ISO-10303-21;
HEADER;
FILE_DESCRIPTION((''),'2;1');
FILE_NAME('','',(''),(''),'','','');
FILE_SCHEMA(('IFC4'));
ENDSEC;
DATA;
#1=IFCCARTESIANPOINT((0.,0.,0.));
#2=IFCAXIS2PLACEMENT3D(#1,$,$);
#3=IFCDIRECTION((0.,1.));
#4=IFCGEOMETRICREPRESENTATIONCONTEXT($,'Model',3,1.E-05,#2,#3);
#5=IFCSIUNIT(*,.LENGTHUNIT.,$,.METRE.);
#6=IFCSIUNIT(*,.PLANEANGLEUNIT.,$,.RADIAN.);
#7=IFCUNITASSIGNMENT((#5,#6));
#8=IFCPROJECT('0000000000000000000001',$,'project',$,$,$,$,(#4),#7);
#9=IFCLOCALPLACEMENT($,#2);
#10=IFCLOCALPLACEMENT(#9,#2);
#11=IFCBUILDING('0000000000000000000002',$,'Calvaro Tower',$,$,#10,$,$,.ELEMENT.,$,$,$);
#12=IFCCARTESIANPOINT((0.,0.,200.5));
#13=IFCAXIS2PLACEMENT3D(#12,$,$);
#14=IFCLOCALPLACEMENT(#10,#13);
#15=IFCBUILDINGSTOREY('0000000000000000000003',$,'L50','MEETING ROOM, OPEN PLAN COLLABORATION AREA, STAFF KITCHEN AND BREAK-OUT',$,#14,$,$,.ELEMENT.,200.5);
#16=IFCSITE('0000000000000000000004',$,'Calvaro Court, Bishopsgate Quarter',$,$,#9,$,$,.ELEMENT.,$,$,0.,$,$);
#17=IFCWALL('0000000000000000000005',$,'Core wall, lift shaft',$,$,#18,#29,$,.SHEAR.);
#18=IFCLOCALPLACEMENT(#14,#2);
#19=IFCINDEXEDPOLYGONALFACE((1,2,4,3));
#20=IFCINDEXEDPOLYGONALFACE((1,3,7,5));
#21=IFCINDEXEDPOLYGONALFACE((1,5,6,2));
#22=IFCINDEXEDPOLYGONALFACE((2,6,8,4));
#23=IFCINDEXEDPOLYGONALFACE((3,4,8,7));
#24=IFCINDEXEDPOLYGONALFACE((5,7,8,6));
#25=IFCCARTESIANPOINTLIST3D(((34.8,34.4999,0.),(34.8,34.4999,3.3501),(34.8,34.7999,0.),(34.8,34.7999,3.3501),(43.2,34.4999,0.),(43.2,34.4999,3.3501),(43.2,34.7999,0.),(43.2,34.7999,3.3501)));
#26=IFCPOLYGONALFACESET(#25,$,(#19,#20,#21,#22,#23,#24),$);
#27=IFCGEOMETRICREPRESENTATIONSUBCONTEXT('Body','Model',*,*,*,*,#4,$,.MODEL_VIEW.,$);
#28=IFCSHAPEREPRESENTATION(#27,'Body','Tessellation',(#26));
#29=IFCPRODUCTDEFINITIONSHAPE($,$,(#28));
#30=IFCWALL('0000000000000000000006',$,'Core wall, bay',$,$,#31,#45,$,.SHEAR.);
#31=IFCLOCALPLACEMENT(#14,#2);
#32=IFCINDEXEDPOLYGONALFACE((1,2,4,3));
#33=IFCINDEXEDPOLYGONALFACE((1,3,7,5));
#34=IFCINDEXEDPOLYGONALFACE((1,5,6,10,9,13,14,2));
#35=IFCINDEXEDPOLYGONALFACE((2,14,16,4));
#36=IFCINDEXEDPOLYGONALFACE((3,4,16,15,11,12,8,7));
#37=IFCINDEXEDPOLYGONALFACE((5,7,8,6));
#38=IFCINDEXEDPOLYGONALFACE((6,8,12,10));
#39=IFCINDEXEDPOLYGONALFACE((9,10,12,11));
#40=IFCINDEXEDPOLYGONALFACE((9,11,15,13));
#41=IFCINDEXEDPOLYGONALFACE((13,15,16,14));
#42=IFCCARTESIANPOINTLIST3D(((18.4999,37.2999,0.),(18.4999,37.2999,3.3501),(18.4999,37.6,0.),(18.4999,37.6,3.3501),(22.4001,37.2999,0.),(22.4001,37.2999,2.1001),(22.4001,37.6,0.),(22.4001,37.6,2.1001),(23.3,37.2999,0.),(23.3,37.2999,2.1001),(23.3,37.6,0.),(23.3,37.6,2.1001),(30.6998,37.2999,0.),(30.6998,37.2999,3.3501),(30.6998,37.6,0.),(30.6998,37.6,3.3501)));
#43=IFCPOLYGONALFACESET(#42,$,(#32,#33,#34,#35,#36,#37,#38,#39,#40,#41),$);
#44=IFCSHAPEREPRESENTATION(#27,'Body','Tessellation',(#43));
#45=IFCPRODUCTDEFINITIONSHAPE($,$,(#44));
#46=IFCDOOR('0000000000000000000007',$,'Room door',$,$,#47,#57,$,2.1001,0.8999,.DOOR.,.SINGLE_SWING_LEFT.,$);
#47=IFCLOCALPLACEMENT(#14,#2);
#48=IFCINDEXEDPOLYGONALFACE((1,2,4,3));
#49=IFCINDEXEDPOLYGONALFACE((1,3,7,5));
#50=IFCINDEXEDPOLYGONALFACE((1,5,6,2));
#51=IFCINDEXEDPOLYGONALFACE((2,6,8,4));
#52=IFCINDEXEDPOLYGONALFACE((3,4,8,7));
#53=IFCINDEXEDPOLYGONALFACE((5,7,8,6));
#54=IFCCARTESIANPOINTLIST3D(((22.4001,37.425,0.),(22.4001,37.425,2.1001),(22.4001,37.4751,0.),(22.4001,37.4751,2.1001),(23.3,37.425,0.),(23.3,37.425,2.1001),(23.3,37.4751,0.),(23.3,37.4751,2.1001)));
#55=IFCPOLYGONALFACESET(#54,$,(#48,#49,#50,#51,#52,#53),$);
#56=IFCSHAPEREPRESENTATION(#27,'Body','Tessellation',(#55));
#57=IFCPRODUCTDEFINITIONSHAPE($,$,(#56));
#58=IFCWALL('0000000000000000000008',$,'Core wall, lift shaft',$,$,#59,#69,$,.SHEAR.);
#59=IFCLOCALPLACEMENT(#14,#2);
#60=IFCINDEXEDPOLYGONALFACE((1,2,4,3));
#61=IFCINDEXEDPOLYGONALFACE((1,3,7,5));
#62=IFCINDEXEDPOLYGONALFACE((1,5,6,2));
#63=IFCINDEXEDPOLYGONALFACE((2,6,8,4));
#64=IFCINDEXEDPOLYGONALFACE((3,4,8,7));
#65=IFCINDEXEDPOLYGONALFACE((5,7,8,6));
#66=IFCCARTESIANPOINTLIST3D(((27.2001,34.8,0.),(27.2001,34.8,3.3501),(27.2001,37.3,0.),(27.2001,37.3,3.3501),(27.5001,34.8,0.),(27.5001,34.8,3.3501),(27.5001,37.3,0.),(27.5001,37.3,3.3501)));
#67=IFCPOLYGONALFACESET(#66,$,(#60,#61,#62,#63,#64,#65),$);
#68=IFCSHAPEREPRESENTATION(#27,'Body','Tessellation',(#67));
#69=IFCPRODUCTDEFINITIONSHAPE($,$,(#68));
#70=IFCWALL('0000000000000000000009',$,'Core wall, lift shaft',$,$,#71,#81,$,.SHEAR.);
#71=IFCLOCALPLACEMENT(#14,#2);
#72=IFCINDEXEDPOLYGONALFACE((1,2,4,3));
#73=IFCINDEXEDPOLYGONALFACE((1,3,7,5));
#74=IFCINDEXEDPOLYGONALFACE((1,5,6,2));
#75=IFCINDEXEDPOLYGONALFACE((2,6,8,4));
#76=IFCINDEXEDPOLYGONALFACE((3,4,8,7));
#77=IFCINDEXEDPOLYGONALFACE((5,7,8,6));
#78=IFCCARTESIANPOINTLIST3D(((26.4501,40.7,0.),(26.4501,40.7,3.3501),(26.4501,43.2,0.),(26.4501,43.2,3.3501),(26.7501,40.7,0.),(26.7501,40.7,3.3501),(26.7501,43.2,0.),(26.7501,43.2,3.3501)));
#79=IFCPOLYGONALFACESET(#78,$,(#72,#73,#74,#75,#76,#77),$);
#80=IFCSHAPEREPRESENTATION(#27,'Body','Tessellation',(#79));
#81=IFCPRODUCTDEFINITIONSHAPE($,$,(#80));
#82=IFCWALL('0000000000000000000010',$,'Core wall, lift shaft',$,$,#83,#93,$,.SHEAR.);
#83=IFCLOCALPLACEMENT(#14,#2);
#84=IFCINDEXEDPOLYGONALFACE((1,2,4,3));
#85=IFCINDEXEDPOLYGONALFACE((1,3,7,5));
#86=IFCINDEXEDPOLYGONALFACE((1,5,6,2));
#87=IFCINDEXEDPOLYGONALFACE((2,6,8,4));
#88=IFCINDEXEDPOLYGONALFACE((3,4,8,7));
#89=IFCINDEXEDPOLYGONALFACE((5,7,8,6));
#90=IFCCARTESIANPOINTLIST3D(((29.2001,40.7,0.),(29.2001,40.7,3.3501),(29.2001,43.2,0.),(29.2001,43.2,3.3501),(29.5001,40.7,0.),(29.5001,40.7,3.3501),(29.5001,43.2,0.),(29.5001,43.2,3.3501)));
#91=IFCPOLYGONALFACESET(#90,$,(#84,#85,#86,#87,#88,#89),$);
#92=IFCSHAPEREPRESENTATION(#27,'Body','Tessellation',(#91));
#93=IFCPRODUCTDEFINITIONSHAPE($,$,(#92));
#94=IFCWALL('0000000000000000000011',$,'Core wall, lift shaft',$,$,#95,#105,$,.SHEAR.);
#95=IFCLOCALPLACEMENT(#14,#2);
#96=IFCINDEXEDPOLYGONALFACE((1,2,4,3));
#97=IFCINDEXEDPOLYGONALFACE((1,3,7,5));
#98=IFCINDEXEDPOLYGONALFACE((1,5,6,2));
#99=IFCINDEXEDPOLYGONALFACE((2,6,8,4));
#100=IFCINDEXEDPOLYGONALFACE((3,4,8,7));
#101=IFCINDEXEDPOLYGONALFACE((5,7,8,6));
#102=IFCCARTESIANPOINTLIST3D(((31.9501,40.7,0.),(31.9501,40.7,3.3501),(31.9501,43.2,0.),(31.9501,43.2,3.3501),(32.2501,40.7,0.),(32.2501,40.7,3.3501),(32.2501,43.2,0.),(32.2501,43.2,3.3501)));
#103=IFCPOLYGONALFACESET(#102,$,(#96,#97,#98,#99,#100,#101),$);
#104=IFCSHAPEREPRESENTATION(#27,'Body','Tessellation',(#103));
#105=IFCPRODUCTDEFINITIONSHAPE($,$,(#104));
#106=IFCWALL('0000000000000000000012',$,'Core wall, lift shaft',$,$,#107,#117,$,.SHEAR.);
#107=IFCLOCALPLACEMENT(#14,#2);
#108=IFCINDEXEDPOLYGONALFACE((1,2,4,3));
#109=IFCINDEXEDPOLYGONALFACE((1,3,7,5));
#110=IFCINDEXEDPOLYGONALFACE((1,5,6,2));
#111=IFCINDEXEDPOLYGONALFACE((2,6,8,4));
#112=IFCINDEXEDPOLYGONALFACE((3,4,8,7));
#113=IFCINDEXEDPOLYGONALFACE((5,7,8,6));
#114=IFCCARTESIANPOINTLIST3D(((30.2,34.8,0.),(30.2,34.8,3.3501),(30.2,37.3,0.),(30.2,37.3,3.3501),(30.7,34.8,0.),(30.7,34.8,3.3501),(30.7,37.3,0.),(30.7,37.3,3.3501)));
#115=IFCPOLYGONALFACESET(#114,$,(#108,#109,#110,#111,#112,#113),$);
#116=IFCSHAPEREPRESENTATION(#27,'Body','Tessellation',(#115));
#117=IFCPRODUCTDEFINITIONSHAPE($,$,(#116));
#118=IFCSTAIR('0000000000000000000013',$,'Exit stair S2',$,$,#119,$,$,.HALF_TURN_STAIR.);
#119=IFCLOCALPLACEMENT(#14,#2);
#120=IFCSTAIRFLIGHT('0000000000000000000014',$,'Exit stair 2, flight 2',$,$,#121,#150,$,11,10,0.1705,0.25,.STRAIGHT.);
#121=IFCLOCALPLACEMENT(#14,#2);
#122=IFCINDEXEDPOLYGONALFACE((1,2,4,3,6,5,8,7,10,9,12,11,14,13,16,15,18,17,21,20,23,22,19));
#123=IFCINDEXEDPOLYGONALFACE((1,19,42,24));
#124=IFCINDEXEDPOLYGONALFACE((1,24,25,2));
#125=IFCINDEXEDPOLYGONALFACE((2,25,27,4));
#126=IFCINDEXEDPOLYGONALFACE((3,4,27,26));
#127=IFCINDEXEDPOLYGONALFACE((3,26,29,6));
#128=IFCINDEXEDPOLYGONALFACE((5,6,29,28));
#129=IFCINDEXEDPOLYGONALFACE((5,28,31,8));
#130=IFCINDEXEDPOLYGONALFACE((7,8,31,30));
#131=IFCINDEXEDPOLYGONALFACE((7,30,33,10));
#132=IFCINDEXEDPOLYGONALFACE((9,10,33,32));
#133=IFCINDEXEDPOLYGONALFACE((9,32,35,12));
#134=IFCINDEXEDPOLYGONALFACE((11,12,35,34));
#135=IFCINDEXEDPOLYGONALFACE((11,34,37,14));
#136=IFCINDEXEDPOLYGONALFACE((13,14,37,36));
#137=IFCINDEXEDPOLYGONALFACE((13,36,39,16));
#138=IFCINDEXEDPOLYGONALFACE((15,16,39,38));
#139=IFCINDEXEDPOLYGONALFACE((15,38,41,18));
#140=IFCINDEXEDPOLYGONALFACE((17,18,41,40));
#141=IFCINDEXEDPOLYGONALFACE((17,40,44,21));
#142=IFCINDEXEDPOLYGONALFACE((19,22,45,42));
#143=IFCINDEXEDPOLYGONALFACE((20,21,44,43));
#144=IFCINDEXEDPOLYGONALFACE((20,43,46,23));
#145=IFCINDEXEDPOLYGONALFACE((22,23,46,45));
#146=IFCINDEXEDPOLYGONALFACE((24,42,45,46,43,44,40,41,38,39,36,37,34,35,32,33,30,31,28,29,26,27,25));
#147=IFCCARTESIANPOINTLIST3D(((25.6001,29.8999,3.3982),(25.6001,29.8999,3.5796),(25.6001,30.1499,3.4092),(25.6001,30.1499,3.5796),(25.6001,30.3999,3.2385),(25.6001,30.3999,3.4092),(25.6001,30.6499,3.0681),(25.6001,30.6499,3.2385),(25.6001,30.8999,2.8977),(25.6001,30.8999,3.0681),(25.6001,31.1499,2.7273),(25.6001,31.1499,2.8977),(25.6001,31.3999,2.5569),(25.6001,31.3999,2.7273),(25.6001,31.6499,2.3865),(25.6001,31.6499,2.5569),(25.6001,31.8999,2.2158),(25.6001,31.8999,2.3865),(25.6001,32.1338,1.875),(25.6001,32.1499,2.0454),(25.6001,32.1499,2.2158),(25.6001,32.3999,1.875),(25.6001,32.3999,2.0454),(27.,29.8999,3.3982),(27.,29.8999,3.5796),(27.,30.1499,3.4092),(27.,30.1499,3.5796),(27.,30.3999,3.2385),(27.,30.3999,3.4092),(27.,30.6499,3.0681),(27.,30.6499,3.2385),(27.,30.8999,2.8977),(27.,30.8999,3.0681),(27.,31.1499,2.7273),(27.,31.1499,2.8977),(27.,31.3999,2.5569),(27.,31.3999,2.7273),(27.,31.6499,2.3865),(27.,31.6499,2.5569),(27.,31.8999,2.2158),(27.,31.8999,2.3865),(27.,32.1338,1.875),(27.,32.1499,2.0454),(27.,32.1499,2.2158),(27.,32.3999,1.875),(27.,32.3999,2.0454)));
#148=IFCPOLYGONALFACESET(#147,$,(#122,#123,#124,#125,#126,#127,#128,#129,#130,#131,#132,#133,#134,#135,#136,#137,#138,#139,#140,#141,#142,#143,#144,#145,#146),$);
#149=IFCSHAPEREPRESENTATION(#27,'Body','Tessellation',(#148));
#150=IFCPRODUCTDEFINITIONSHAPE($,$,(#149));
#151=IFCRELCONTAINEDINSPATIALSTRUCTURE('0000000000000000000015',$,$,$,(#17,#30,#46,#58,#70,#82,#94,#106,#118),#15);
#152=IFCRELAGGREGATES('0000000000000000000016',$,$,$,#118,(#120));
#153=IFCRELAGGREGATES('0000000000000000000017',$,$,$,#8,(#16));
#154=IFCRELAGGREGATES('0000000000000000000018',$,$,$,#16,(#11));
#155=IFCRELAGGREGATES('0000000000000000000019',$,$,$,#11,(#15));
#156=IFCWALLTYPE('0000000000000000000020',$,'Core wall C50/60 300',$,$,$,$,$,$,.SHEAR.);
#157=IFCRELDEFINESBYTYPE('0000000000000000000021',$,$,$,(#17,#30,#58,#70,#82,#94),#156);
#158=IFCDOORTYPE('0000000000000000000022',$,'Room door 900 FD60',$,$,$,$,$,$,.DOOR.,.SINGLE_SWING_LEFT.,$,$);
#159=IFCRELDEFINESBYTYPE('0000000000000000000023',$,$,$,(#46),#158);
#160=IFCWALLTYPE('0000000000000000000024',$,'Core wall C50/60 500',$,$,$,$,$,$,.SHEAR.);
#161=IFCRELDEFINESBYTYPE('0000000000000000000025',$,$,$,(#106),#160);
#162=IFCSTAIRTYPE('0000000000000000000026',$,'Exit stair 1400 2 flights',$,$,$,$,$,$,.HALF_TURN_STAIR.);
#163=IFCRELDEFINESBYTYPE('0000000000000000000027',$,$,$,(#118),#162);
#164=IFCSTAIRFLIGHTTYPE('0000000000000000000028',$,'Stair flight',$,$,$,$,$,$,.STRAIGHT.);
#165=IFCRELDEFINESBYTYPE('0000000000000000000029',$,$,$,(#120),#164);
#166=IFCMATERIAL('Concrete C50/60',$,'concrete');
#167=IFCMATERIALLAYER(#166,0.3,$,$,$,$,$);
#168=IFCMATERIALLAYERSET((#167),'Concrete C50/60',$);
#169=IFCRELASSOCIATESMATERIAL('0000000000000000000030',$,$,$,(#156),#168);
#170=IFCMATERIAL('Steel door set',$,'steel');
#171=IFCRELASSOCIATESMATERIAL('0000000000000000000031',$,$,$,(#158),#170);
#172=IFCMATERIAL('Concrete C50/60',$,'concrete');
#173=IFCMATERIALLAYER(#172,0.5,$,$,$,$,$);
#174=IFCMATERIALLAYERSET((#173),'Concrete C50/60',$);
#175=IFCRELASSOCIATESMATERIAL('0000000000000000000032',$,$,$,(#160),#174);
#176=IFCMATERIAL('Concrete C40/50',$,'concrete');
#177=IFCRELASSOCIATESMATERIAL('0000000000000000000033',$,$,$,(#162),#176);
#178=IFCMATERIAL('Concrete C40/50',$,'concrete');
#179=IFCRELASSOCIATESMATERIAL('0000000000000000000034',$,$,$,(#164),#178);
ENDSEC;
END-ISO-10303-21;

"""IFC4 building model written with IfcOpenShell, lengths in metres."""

from ifc_helpers import new_model, si_unit, direction, frame, frame_2d, origin, place, context, subcontext, project, spatial, polyline, rectangle, outline, extrude, material, layer, layer_set, type_object, element, fill, aggregate, save


model = new_model("IFC4")

# Units and contexts
model_context = context("Model", 3, precision=1e-05, world=origin(), true_north=direction((0.0, 1.0)))
body_context = subcontext(model_context, "Body", "Model", "MODEL_VIEW")
ifc_project = project(units=[si_unit("LENGTHUNIT", "METRE"), si_unit("PLANEANGLEUNIT", "RADIAN")], contexts=[model_context])

# Site, building, storey
site_placement = place(None, origin())
site = spatial("IfcSite", under=ifc_project, at=site_placement, Name="Calvaro Court, Bishopsgate Quarter", CompositionType="ELEMENT", RefElevation=0.0)
building_placement = place(site_placement, origin())
building = spatial("IfcBuilding", under=site, at=building_placement, Name="Calvaro Tower", CompositionType="ELEMENT")
storey_placement = place(building_placement, frame((0.0, 0.0, 200.5)))
storey = spatial("IfcBuildingStorey", under=building, at=storey_placement, Name="L50", Description="MEETING ROOM, OPEN PLAN COLLABORATION AREA, STAFF KITCHEN AND BREAK-OUT", CompositionType="ELEMENT", Elevation=200.5)

# Wall
ifc_material_1 = material(Name="Concrete C50/60", Category="concrete")
ifc_layer_1 = layer(ifc_material_1, 0.3)
ifc_layer_set_1 = layer_set([ifc_layer_1], Name="Concrete C50/60")
wall_type_1 = type_object("IfcWallType", Name="Core wall C50/60 300", PredefinedType="SHEAR", material=ifc_layer_set_1)
wall_1_placement = place(storey_placement, frame((34.8, 34.6499, 0.0), z_axis=(0.0, 0.0, 1.0), x_axis=(1.0, 0.0, 0.0)))
element("IfcWall", 1, at=wall_1_placement, inside=storey, type_object=wall_type_1, Name="Core wall, lift shaft", PredefinedType="SHEAR", context=body_context, shape_type="SweptSolid", body=[
    extrude(rectangle(XDim=8.3999, YDim=0.3, at=frame_2d((4.2, 0.0))), origin(), (0.0, 0.0, 1.0), 3.3501),
])

# Wall, opening, door
wall_2_placement = place(storey_placement, frame((30.7, 37.45, 0.0), z_axis=(0.0, 0.0, 1.0), x_axis=(-1.0, 0.0, 0.0)))
wall_2 = element("IfcWall", 2, at=wall_2_placement, inside=storey, type_object=wall_type_1, Name="Core wall, bay", PredefinedType="SHEAR", context=body_context, shape_type="SweptSolid", body=[
    extrude(rectangle(XDim=12.2, YDim=0.3, at=frame_2d((6.1001, 0.0))), origin(), (0.0, 0.0, 1.0), 3.3501),
])
opening_placement = place(wall_2_placement, frame((7.3999, 0.0, 0.0)))
opening = element("IfcOpeningElement", 3, at=opening_placement, cuts=wall_2, PredefinedType="OPENING", context=body_context, shape_type="SweptSolid", body=[
    extrude(rectangle(XDim=0.8999, YDim=2.1001, at=frame_2d((0.45, 1.05))), frame((0.0, 0.1599, 0.0), z_axis=(0.0, -1.0, 0.0), x_axis=(1.0, 0.0, 0.0)), (0.0, 0.0, 1.0), 0.3201),
])
ifc_material_2 = material(Name="Steel door set", Category="steel")
door_type = type_object("IfcDoorType", Name="Room door 900 FD60", OperationType="SINGLE_SWING_LEFT", PredefinedType="DOOR", material=ifc_material_2)
door_placement = place(opening_placement, origin())
door = element("IfcDoor", 4, at=door_placement, inside=storey, type_object=door_type, Name="Room door", OperationType="SINGLE_SWING_LEFT", OverallHeight=2.1001, OverallWidth=0.8999, PredefinedType="DOOR", context=body_context, shape_type="SweptSolid", body=[
    extrude(rectangle(XDim=0.8999, YDim=2.1001, at=frame_2d((0.45, 1.05))), frame((0.0, 0.0249, 0.0), z_axis=(0.0, -1.0, 0.0), x_axis=(1.0, 0.0, 0.0)), (0.0, 0.0, 1.0), 0.05),
])
fill(opening, door)

# Walls
for number, where, z_axis, x_axis, name in (
    (5, (27.3501, 34.8, 0.0), (0.0, 0.0, 1.0), (0.0, 1.0, 0.0), "Core wall, lift shaft"),
    (6, (26.6001, 40.7, 0.0), (0.0, 0.0, 1.0), (0.0, 1.0, 0.0), "Core wall, lift shaft"),
    (7, (29.3501, 40.7, 0.0), (0.0, 0.0, 1.0), (0.0, 1.0, 0.0), "Core wall, lift shaft"),
    (8, (32.1001, 40.7, 0.0), (0.0, 0.0, 1.0), (0.0, 1.0, 0.0), "Core wall, lift shaft"),
):
    element("IfcWall", number, at=place(storey_placement, frame(where, z_axis=z_axis, x_axis=x_axis)), inside=storey, type_object=wall_type_1, Name=name, PredefinedType="SHEAR", context=body_context, shape_type="SweptSolid", body=[
        extrude(rectangle(XDim=2.5, YDim=0.3, at=frame_2d((1.25, 0.0))), origin(), (0.0, 0.0, 1.0), 3.3501),
    ])
ifc_material_3 = material(Name="Concrete C50/60", Category="concrete")
ifc_layer_2 = layer(ifc_material_3, 0.5)
ifc_layer_set_2 = layer_set([ifc_layer_2], Name="Concrete C50/60")
wall_type_2 = type_object("IfcWallType", Name="Core wall C50/60 500", PredefinedType="SHEAR", material=ifc_layer_set_2)
wall_3_placement = place(storey_placement, frame((30.45, 34.8, 0.0), z_axis=(0.0, 0.0, 1.0), x_axis=(0.0, 1.0, 0.0)))
element("IfcWall", 9, at=wall_3_placement, inside=storey, type_object=wall_type_2, Name="Core wall, lift shaft", PredefinedType="SHEAR", context=body_context, shape_type="SweptSolid", body=[
    extrude(rectangle(XDim=2.5, YDim=0.5, at=frame_2d((1.25, 0.0))), origin(), (0.0, 0.0, 1.0), 3.3501),
])

# Stair, stair flight
ifc_material_4 = material(Name="Concrete C40/50", Category="concrete")
stair_type = type_object("IfcStairType", Name="Exit stair 1400 2 flights", PredefinedType="HALF_TURN_STAIR", material=ifc_material_4)
stair_placement = place(storey_placement, origin())
stair = element("IfcStair", 10, at=stair_placement, inside=storey, type_object=stair_type, Name="Exit stair S2", PredefinedType="HALF_TURN_STAIR")
ifc_material_5 = material(Name="Concrete C40/50", Category="concrete")
stair_flight_type = type_object("IfcStairFlightType", Name="Stair flight", PredefinedType="STRAIGHT", material=ifc_material_5)
stair_flight_placement = place(storey_placement, frame((26.3, 32.3999, 1.875), z_axis=(0.0, 0.0, 1.0), x_axis=(0.0, -1.0, 0.0)))
stair_flight = element("IfcStairFlight", 11, at=stair_flight_placement, type_object=stair_flight_type, Name="Exit stair 2, flight 2", NumberOfRisers=11, NumberOfTreads=10, PredefinedType="STRAIGHT", RiserHeight=0.1705, TreadLength=0.25, context=body_context, shape_type="SweptSolid", body=[
    extrude(outline(polyline([(0.0, 0.0), (0.0, 0.1704), (0.25, 0.1704), (0.25, 0.3408), (0.5, 0.3408), (0.5, 0.5115), (0.75, 0.5115), (0.75, 0.6819), (1.0, 0.6819), (1.0, 0.8523), (1.25, 0.8523), (1.25, 1.0227), (1.5, 1.0227), (1.5, 1.1931), (1.75, 1.1931), (1.75, 1.3635), (2.0, 1.3635), (2.0, 1.5342), (2.25, 1.5342), (2.25, 1.7046), (2.5, 1.7046), (2.5, 1.875), (2.5, 1.5232), (0.2661, 0.0), (0.0, 0.0)])), frame((0.0, 0.7, 0.0), z_axis=(0.0, -1.0, 0.0), x_axis=(1.0, 0.0, 0.0)), (0.0, 0.0, 1.0), 1.3999),
])
aggregate(stair, [stair_flight])

save(model, "model.ifc")
